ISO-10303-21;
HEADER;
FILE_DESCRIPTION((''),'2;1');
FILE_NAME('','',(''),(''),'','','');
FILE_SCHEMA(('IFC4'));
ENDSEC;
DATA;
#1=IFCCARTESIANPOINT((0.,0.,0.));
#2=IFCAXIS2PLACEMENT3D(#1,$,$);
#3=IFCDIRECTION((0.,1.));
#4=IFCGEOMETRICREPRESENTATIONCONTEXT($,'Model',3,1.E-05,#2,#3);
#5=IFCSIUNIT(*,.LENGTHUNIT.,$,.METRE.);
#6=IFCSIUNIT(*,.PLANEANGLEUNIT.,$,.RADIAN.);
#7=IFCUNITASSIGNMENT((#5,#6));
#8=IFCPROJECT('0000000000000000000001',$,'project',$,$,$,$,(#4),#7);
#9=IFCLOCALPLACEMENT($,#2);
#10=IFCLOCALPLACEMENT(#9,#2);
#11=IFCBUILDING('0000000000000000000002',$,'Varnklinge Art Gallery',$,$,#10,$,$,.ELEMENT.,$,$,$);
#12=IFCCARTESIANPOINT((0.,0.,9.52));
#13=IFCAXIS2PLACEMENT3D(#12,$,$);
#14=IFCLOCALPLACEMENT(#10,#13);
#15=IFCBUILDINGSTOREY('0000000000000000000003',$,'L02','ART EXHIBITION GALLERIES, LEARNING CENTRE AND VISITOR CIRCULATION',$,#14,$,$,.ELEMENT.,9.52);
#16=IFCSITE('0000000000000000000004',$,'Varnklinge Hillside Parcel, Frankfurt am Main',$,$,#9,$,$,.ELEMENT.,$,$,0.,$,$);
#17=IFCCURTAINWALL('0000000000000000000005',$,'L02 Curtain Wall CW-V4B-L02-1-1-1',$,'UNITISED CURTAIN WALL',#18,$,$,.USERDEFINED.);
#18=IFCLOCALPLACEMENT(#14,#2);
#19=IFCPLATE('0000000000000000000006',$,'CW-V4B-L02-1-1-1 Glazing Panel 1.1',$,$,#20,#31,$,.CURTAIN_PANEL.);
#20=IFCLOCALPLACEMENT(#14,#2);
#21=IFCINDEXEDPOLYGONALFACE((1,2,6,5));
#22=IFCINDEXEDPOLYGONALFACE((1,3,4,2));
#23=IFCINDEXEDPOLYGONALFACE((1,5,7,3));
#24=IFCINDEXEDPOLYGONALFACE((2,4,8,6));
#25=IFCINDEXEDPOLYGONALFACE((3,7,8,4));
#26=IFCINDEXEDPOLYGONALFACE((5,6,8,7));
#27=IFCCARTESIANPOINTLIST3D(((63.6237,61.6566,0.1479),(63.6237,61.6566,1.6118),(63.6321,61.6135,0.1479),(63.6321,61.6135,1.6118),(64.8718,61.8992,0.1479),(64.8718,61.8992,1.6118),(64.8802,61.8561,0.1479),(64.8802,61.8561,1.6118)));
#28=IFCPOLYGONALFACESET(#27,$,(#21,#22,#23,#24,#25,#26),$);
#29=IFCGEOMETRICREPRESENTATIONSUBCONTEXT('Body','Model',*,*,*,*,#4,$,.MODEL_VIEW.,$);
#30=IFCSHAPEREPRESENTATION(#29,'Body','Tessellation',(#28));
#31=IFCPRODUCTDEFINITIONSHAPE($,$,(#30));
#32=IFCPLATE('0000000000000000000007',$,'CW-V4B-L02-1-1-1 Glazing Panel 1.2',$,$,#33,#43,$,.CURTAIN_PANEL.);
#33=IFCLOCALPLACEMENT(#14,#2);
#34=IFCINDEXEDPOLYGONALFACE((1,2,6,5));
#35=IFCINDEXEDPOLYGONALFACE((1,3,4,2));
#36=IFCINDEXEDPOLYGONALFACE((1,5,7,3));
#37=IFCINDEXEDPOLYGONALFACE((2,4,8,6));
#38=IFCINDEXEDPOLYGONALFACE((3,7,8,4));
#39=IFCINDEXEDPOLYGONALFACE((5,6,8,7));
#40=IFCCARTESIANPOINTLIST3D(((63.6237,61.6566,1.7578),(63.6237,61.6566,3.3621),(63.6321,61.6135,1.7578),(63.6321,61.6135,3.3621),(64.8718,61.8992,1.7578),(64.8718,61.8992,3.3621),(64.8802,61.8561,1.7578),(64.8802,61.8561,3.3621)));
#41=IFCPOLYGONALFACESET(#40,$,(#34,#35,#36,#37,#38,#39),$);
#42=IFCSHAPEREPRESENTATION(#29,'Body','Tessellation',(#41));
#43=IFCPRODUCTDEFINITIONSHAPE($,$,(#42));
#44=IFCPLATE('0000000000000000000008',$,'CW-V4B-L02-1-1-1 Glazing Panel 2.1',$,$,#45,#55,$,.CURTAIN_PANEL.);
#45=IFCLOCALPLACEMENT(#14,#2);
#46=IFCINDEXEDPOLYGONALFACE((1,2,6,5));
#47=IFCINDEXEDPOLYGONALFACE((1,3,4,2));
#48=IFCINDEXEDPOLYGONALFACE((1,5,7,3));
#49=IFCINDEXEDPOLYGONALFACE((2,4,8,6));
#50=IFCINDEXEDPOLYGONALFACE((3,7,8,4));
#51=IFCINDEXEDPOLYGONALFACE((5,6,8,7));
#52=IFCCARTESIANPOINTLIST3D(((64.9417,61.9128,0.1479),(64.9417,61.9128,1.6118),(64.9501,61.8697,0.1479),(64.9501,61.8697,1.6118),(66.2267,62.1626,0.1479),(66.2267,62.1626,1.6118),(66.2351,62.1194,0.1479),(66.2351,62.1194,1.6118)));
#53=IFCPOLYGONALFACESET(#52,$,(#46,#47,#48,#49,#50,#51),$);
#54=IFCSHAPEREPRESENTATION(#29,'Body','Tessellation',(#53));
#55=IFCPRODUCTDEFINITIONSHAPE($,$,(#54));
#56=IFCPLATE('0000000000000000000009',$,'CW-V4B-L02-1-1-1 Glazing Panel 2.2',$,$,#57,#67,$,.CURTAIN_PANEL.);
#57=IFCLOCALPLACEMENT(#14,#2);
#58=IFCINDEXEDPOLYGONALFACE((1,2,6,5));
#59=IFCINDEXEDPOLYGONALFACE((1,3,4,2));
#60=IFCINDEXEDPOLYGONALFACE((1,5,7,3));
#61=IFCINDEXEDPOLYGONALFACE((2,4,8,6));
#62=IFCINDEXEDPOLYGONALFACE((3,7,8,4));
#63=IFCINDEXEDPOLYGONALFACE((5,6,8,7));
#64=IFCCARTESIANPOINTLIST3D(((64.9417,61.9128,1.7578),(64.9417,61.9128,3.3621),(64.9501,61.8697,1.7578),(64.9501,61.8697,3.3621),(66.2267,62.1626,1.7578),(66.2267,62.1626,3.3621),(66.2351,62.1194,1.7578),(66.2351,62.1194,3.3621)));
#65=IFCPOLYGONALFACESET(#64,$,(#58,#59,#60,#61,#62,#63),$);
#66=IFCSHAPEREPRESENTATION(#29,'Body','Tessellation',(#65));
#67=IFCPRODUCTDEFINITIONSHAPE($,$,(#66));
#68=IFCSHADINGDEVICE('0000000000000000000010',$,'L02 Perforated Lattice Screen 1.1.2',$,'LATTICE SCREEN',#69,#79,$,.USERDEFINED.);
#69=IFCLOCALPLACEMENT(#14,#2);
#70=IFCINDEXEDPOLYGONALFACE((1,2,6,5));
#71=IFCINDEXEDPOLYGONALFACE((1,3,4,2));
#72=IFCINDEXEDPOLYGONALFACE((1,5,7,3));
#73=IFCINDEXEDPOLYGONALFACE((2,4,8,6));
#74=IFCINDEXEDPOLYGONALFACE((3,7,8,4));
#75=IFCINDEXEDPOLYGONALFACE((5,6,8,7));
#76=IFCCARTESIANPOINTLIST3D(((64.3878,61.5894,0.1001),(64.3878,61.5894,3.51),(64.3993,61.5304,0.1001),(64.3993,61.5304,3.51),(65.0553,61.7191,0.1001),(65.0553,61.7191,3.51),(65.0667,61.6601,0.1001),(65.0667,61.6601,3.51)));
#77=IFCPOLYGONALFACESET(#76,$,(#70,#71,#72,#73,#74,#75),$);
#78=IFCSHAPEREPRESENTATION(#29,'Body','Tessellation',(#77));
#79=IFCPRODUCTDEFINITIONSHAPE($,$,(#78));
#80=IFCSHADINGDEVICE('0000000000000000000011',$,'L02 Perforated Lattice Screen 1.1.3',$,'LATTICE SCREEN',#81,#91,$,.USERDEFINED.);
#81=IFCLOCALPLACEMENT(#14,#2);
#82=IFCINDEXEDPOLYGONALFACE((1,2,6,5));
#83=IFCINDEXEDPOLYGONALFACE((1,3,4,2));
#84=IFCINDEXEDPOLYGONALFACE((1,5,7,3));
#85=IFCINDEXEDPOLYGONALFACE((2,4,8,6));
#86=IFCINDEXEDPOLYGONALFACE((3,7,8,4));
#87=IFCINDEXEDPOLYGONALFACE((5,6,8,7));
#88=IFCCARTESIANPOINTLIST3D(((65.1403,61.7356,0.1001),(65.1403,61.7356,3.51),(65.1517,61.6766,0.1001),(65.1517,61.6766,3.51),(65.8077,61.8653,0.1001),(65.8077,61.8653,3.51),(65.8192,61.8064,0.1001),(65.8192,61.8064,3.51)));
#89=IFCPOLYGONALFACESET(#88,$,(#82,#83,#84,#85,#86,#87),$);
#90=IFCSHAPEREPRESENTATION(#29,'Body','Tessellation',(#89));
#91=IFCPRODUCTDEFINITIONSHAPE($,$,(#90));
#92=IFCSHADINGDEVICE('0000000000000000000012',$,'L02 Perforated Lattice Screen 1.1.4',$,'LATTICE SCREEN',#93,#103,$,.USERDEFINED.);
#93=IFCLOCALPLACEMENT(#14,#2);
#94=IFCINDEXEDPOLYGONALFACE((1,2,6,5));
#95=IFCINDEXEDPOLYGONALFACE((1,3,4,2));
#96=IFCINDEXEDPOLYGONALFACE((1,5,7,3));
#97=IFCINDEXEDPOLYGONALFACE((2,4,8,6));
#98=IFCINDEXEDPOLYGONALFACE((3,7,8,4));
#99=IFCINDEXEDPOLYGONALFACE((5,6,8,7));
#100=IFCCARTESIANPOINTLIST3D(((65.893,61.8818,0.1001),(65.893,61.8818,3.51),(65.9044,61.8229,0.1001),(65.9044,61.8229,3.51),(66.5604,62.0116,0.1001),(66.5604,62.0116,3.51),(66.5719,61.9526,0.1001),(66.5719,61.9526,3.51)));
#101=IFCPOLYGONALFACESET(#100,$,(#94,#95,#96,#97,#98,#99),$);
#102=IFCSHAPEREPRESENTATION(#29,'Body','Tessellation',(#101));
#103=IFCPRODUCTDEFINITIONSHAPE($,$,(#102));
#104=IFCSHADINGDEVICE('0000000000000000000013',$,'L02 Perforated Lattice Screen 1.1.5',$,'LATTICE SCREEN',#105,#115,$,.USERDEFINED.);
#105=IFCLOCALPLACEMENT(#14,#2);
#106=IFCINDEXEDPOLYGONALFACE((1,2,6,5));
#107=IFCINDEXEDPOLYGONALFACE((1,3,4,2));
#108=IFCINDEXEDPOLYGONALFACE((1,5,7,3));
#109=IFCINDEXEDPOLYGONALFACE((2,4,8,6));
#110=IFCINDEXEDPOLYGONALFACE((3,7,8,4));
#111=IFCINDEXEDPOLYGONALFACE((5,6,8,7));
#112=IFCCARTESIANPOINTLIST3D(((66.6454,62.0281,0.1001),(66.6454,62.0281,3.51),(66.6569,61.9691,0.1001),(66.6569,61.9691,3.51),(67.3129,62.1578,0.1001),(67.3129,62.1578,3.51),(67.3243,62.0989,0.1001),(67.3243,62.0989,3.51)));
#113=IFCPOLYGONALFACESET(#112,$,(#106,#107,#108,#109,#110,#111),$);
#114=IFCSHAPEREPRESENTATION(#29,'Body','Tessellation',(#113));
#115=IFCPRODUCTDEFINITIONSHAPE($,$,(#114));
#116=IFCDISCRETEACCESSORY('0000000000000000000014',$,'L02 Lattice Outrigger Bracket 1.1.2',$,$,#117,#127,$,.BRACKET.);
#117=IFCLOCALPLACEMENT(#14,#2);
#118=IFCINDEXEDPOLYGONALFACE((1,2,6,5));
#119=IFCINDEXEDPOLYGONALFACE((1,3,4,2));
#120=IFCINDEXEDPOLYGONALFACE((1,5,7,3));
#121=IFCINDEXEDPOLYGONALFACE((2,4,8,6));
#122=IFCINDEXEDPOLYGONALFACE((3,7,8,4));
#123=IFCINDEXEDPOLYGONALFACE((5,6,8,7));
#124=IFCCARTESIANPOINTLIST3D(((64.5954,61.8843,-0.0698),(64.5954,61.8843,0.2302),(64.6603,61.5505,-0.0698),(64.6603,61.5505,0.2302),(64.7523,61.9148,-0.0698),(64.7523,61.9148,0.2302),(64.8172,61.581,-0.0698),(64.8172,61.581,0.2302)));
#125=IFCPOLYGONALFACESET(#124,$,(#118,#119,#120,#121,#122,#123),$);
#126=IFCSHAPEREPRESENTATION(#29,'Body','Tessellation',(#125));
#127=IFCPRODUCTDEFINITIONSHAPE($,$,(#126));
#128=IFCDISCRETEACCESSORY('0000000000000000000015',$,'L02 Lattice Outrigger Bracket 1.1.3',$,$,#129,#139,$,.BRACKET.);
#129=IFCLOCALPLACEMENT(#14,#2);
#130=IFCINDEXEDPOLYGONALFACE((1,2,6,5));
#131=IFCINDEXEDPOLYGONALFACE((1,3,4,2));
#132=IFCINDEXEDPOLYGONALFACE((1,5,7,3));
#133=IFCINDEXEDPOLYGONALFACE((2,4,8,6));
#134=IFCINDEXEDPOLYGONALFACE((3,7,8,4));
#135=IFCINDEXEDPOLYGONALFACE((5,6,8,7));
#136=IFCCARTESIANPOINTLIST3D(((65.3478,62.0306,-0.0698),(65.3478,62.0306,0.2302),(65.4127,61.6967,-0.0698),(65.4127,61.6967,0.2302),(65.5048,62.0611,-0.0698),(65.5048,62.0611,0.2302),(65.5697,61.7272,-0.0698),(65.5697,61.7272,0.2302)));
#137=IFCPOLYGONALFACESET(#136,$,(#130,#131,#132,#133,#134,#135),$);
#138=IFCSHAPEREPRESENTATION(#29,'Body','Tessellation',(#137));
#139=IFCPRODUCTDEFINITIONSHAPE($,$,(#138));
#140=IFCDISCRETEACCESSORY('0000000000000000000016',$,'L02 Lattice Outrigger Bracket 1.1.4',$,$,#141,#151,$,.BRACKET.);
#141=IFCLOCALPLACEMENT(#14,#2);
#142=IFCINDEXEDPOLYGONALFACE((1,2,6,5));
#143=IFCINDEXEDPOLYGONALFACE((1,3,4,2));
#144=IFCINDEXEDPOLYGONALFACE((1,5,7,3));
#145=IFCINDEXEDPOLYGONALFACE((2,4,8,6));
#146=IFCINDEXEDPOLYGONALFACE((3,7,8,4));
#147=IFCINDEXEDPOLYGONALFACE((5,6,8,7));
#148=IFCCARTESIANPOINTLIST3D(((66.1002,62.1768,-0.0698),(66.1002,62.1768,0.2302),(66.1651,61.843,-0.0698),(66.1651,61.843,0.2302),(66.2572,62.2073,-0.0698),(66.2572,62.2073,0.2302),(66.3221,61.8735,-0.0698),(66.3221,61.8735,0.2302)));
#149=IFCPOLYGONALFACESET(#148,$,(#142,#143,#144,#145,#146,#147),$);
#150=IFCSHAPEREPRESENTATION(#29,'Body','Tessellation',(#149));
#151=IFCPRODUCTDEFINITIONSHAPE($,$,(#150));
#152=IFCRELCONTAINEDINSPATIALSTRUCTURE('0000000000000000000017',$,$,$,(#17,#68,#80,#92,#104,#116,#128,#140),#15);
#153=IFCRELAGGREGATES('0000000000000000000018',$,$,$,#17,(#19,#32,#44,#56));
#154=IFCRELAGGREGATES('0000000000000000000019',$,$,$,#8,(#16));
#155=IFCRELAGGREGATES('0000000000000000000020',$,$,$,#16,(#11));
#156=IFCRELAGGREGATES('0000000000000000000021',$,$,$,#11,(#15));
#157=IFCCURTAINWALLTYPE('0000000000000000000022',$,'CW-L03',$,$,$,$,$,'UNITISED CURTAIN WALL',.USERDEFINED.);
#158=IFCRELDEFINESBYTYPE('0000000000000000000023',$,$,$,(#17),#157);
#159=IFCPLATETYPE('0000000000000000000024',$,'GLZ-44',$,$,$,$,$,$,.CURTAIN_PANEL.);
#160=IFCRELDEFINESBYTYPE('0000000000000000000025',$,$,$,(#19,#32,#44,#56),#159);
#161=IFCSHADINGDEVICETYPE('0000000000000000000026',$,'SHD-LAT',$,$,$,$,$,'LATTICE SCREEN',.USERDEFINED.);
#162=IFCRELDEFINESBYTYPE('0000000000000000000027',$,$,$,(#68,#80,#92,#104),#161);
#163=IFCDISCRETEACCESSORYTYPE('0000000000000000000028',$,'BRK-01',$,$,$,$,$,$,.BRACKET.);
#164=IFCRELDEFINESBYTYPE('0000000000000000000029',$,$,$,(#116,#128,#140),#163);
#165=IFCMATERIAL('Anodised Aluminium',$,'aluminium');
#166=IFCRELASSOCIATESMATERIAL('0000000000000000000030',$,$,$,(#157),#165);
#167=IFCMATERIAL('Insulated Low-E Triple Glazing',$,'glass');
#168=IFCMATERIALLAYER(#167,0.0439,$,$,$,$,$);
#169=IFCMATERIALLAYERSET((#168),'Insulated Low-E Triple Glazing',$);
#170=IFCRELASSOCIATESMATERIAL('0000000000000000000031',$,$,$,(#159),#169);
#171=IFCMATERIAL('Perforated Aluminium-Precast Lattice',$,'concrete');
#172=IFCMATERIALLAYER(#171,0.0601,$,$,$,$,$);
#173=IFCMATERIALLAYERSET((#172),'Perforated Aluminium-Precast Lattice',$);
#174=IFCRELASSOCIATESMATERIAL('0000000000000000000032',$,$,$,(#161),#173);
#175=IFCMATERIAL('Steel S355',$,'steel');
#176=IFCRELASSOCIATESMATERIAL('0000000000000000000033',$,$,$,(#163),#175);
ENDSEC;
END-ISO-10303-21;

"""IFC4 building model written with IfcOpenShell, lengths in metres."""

from ifc_helpers import new_model, si_unit, direction, frame, origin, origin_2d, place, context, subcontext, project, spatial, rectangle, extrude, material, layer, layer_set, type_object, element, aggregate, save


model = new_model("IFC4")

# Units and contexts
model_context = context("Model", 3, precision=1e-05, world=origin(), true_north=direction((0.0, 1.0)))
body_context = subcontext(model_context, "Body", "Model", "MODEL_VIEW")
ifc_project = project(units=[si_unit("LENGTHUNIT", "METRE"), si_unit("PLANEANGLEUNIT", "RADIAN")], contexts=[model_context])

# Site, building, storey
site_placement = place(None, origin())
site = spatial("IfcSite", under=ifc_project, at=site_placement, Name="Varnklinge Hillside Parcel, Frankfurt am Main", CompositionType="ELEMENT", RefElevation=0.0)
building_placement = place(site_placement, origin())
building = spatial("IfcBuilding", under=site, at=building_placement, Name="Varnklinge Art Gallery", CompositionType="ELEMENT")
storey_placement = place(building_placement, frame((0.0, 0.0, 9.52)))
storey = spatial("IfcBuildingStorey", under=building, at=storey_placement, Name="L02", Description="ART EXHIBITION GALLERIES, LEARNING CENTRE AND VISITOR CIRCULATION", CompositionType="ELEMENT", Elevation=9.52)

# Curtain wall
ifc_material_1 = material(Name="Anodised Aluminium", Category="aluminium")
curtain_wall_type_1 = type_object("IfcCurtainWallType", Name="CW-L03", ElementType="UNITISED CURTAIN WALL", PredefinedType="USERDEFINED", material=ifc_material_1)
curtain_wall_1_placement = place(storey_placement, origin())
curtain_wall_1 = element("IfcCurtainWall", 1, at=curtain_wall_1_placement, inside=storey, type_object=curtain_wall_type_1, Name="L02 Curtain Wall CW-V4B-L02-1-1-1", ObjectType="UNITISED CURTAIN WALL", PredefinedType="USERDEFINED")

# Plates
ifc_material_2 = material(Name="Insulated Low-E Triple Glazing", Category="glass")
ifc_layer_1 = layer(ifc_material_2, 0.0439)
ifc_layer_set_1 = layer_set([ifc_layer_1], Name="Insulated Low-E Triple Glazing")
plate_type = type_object("IfcPlateType", Name="GLZ-44", PredefinedType="CURTAIN_PANEL", material=ifc_layer_set_1)
plate_1_placement = place(storey_placement, frame((64.252, 61.7563, 0.1479), z_axis=(0.0, 0.0, 1.0), x_axis=(0.981627, 0.190809, 0.0)))
plate_1 = element("IfcPlate", 2, at=plate_1_placement, type_object=plate_type, Name="CW-V4B-L02-1-1-1 Glazing Panel 1.1", PredefinedType="CURTAIN_PANEL", context=body_context, shape_type="SweptSolid", body=[
    extrude(rectangle(XDim=1.2715, YDim=0.0439, at=origin_2d()), origin(), (0.0, 0.0, 1.0), 1.4639),
])
plate_2_placement = place(storey_placement, frame((64.252, 61.7563, 1.7578), z_axis=(0.0, 0.0, 1.0), x_axis=(0.981627, 0.190809, 0.0)))
plate_2 = element("IfcPlate", 3, at=plate_2_placement, type_object=plate_type, Name="CW-V4B-L02-1-1-1 Glazing Panel 1.2", PredefinedType="CURTAIN_PANEL", context=body_context, shape_type="SweptSolid", body=[
    extrude(rectangle(XDim=1.2715, YDim=0.0439, at=origin_2d()), origin(), (0.0, 0.0, 1.0), 1.6042),
])
plate_3_placement = place(storey_placement, frame((65.5884, 62.0161, 0.1479), z_axis=(0.0, 0.0, 1.0), x_axis=(0.981627, 0.190809, 0.0)))
plate_3 = element("IfcPlate", 4, at=plate_3_placement, type_object=plate_type, Name="CW-V4B-L02-1-1-1 Glazing Panel 2.1", PredefinedType="CURTAIN_PANEL", context=body_context, shape_type="SweptSolid", body=[
    extrude(rectangle(XDim=1.3091, YDim=0.0439, at=origin_2d()), origin(), (0.0, 0.0, 1.0), 1.4639),
])
plate_4_placement = place(storey_placement, frame((65.5884, 62.0161, 1.7578), z_axis=(0.0, 0.0, 1.0), x_axis=(0.981627, 0.190809, 0.0)))
plate_4 = element("IfcPlate", 5, at=plate_4_placement, type_object=plate_type, Name="CW-V4B-L02-1-1-1 Glazing Panel 2.2", PredefinedType="CURTAIN_PANEL", context=body_context, shape_type="SweptSolid", body=[
    extrude(rectangle(XDim=1.3091, YDim=0.0439, at=origin_2d()), origin(), (0.0, 0.0, 1.0), 1.6042),
])
aggregate(curtain_wall_1, [plate_1, plate_2, plate_3, plate_4])

# Shading devices
ifc_material_3 = material(Name="Perforated Aluminium-Precast Lattice", Category="concrete")
ifc_layer_2 = layer(ifc_material_3, 0.0601)
ifc_layer_set_2 = layer_set([ifc_layer_2], Name="Perforated Aluminium-Precast Lattice")
shading_device_type = type_object("IfcShadingDeviceType", Name="SHD-LAT", ElementType="LATTICE SCREEN", PredefinedType="USERDEFINED", material=ifc_layer_set_2)
for number, where, z_axis, x_axis, name in (
    (6, (64.7273, 61.6248, 0.1001), (0.0, 0.0, 1.0), (0.981627, 0.190809, 0.0), "L02 Perforated Lattice Screen 1.1.2"),
    (7, (65.4797, 61.771, 0.1001), (0.0, 0.0, 1.0), (0.981627, 0.190809, 0.0), "L02 Perforated Lattice Screen 1.1.3"),
    (8, (66.2324, 61.9172, 0.1001), (0.0, 0.0, 1.0), (0.981627, 0.190809, 0.0), "L02 Perforated Lattice Screen 1.1.4"),
    (9, (66.9849, 62.0635, 0.1001), (0.0, 0.0, 1.0), (0.981627, 0.190809, 0.0), "L02 Perforated Lattice Screen 1.1.5"),
):
    element("IfcShadingDevice", number, at=place(storey_placement, frame(where, z_axis=z_axis, x_axis=x_axis)), inside=storey, type_object=shading_device_type, Name=name, ObjectType="LATTICE SCREEN", PredefinedType="USERDEFINED", context=body_context, shape_type="SweptSolid", body=[
        extrude(rectangle(XDim=0.6799, YDim=0.0601, at=origin_2d()), origin(), (0.0, 0.0, 1.0), 3.4099),
    ])

# Discrete accessories
ifc_material_4 = material(Name="Steel S355", Category="steel")
discrete_accessory_type = type_object("IfcDiscreteAccessoryType", Name="BRK-01", PredefinedType="BRACKET", material=ifc_material_4)
for number, where, z_axis, x_axis, name in (
    (10, (64.7063, 61.7327, -0.0698), (0.0, 0.0, 1.0), (0.981627, 0.190809, 0.0), "L02 Lattice Outrigger Bracket 1.1.2"),
    (11, (65.4587, 61.8789, -0.0698), (0.0, 0.0, 1.0), (0.981627, 0.190809, 0.0), "L02 Lattice Outrigger Bracket 1.1.3"),
    (12, (66.2112, 62.0251, -0.0698), (0.0, 0.0, 1.0), (0.981627, 0.190809, 0.0), "L02 Lattice Outrigger Bracket 1.1.4"),
):
    element("IfcDiscreteAccessory", number, at=place(storey_placement, frame(where, z_axis=z_axis, x_axis=x_axis)), inside=storey, type_object=discrete_accessory_type, Name=name, PredefinedType="BRACKET", context=body_context, shape_type="SweptSolid", body=[
        extrude(rectangle(XDim=0.1599, YDim=0.3401, at=origin_2d()), origin(), (0.0, 0.0, 1.0), 0.3),
    ])

save(model, "model.ifc")
